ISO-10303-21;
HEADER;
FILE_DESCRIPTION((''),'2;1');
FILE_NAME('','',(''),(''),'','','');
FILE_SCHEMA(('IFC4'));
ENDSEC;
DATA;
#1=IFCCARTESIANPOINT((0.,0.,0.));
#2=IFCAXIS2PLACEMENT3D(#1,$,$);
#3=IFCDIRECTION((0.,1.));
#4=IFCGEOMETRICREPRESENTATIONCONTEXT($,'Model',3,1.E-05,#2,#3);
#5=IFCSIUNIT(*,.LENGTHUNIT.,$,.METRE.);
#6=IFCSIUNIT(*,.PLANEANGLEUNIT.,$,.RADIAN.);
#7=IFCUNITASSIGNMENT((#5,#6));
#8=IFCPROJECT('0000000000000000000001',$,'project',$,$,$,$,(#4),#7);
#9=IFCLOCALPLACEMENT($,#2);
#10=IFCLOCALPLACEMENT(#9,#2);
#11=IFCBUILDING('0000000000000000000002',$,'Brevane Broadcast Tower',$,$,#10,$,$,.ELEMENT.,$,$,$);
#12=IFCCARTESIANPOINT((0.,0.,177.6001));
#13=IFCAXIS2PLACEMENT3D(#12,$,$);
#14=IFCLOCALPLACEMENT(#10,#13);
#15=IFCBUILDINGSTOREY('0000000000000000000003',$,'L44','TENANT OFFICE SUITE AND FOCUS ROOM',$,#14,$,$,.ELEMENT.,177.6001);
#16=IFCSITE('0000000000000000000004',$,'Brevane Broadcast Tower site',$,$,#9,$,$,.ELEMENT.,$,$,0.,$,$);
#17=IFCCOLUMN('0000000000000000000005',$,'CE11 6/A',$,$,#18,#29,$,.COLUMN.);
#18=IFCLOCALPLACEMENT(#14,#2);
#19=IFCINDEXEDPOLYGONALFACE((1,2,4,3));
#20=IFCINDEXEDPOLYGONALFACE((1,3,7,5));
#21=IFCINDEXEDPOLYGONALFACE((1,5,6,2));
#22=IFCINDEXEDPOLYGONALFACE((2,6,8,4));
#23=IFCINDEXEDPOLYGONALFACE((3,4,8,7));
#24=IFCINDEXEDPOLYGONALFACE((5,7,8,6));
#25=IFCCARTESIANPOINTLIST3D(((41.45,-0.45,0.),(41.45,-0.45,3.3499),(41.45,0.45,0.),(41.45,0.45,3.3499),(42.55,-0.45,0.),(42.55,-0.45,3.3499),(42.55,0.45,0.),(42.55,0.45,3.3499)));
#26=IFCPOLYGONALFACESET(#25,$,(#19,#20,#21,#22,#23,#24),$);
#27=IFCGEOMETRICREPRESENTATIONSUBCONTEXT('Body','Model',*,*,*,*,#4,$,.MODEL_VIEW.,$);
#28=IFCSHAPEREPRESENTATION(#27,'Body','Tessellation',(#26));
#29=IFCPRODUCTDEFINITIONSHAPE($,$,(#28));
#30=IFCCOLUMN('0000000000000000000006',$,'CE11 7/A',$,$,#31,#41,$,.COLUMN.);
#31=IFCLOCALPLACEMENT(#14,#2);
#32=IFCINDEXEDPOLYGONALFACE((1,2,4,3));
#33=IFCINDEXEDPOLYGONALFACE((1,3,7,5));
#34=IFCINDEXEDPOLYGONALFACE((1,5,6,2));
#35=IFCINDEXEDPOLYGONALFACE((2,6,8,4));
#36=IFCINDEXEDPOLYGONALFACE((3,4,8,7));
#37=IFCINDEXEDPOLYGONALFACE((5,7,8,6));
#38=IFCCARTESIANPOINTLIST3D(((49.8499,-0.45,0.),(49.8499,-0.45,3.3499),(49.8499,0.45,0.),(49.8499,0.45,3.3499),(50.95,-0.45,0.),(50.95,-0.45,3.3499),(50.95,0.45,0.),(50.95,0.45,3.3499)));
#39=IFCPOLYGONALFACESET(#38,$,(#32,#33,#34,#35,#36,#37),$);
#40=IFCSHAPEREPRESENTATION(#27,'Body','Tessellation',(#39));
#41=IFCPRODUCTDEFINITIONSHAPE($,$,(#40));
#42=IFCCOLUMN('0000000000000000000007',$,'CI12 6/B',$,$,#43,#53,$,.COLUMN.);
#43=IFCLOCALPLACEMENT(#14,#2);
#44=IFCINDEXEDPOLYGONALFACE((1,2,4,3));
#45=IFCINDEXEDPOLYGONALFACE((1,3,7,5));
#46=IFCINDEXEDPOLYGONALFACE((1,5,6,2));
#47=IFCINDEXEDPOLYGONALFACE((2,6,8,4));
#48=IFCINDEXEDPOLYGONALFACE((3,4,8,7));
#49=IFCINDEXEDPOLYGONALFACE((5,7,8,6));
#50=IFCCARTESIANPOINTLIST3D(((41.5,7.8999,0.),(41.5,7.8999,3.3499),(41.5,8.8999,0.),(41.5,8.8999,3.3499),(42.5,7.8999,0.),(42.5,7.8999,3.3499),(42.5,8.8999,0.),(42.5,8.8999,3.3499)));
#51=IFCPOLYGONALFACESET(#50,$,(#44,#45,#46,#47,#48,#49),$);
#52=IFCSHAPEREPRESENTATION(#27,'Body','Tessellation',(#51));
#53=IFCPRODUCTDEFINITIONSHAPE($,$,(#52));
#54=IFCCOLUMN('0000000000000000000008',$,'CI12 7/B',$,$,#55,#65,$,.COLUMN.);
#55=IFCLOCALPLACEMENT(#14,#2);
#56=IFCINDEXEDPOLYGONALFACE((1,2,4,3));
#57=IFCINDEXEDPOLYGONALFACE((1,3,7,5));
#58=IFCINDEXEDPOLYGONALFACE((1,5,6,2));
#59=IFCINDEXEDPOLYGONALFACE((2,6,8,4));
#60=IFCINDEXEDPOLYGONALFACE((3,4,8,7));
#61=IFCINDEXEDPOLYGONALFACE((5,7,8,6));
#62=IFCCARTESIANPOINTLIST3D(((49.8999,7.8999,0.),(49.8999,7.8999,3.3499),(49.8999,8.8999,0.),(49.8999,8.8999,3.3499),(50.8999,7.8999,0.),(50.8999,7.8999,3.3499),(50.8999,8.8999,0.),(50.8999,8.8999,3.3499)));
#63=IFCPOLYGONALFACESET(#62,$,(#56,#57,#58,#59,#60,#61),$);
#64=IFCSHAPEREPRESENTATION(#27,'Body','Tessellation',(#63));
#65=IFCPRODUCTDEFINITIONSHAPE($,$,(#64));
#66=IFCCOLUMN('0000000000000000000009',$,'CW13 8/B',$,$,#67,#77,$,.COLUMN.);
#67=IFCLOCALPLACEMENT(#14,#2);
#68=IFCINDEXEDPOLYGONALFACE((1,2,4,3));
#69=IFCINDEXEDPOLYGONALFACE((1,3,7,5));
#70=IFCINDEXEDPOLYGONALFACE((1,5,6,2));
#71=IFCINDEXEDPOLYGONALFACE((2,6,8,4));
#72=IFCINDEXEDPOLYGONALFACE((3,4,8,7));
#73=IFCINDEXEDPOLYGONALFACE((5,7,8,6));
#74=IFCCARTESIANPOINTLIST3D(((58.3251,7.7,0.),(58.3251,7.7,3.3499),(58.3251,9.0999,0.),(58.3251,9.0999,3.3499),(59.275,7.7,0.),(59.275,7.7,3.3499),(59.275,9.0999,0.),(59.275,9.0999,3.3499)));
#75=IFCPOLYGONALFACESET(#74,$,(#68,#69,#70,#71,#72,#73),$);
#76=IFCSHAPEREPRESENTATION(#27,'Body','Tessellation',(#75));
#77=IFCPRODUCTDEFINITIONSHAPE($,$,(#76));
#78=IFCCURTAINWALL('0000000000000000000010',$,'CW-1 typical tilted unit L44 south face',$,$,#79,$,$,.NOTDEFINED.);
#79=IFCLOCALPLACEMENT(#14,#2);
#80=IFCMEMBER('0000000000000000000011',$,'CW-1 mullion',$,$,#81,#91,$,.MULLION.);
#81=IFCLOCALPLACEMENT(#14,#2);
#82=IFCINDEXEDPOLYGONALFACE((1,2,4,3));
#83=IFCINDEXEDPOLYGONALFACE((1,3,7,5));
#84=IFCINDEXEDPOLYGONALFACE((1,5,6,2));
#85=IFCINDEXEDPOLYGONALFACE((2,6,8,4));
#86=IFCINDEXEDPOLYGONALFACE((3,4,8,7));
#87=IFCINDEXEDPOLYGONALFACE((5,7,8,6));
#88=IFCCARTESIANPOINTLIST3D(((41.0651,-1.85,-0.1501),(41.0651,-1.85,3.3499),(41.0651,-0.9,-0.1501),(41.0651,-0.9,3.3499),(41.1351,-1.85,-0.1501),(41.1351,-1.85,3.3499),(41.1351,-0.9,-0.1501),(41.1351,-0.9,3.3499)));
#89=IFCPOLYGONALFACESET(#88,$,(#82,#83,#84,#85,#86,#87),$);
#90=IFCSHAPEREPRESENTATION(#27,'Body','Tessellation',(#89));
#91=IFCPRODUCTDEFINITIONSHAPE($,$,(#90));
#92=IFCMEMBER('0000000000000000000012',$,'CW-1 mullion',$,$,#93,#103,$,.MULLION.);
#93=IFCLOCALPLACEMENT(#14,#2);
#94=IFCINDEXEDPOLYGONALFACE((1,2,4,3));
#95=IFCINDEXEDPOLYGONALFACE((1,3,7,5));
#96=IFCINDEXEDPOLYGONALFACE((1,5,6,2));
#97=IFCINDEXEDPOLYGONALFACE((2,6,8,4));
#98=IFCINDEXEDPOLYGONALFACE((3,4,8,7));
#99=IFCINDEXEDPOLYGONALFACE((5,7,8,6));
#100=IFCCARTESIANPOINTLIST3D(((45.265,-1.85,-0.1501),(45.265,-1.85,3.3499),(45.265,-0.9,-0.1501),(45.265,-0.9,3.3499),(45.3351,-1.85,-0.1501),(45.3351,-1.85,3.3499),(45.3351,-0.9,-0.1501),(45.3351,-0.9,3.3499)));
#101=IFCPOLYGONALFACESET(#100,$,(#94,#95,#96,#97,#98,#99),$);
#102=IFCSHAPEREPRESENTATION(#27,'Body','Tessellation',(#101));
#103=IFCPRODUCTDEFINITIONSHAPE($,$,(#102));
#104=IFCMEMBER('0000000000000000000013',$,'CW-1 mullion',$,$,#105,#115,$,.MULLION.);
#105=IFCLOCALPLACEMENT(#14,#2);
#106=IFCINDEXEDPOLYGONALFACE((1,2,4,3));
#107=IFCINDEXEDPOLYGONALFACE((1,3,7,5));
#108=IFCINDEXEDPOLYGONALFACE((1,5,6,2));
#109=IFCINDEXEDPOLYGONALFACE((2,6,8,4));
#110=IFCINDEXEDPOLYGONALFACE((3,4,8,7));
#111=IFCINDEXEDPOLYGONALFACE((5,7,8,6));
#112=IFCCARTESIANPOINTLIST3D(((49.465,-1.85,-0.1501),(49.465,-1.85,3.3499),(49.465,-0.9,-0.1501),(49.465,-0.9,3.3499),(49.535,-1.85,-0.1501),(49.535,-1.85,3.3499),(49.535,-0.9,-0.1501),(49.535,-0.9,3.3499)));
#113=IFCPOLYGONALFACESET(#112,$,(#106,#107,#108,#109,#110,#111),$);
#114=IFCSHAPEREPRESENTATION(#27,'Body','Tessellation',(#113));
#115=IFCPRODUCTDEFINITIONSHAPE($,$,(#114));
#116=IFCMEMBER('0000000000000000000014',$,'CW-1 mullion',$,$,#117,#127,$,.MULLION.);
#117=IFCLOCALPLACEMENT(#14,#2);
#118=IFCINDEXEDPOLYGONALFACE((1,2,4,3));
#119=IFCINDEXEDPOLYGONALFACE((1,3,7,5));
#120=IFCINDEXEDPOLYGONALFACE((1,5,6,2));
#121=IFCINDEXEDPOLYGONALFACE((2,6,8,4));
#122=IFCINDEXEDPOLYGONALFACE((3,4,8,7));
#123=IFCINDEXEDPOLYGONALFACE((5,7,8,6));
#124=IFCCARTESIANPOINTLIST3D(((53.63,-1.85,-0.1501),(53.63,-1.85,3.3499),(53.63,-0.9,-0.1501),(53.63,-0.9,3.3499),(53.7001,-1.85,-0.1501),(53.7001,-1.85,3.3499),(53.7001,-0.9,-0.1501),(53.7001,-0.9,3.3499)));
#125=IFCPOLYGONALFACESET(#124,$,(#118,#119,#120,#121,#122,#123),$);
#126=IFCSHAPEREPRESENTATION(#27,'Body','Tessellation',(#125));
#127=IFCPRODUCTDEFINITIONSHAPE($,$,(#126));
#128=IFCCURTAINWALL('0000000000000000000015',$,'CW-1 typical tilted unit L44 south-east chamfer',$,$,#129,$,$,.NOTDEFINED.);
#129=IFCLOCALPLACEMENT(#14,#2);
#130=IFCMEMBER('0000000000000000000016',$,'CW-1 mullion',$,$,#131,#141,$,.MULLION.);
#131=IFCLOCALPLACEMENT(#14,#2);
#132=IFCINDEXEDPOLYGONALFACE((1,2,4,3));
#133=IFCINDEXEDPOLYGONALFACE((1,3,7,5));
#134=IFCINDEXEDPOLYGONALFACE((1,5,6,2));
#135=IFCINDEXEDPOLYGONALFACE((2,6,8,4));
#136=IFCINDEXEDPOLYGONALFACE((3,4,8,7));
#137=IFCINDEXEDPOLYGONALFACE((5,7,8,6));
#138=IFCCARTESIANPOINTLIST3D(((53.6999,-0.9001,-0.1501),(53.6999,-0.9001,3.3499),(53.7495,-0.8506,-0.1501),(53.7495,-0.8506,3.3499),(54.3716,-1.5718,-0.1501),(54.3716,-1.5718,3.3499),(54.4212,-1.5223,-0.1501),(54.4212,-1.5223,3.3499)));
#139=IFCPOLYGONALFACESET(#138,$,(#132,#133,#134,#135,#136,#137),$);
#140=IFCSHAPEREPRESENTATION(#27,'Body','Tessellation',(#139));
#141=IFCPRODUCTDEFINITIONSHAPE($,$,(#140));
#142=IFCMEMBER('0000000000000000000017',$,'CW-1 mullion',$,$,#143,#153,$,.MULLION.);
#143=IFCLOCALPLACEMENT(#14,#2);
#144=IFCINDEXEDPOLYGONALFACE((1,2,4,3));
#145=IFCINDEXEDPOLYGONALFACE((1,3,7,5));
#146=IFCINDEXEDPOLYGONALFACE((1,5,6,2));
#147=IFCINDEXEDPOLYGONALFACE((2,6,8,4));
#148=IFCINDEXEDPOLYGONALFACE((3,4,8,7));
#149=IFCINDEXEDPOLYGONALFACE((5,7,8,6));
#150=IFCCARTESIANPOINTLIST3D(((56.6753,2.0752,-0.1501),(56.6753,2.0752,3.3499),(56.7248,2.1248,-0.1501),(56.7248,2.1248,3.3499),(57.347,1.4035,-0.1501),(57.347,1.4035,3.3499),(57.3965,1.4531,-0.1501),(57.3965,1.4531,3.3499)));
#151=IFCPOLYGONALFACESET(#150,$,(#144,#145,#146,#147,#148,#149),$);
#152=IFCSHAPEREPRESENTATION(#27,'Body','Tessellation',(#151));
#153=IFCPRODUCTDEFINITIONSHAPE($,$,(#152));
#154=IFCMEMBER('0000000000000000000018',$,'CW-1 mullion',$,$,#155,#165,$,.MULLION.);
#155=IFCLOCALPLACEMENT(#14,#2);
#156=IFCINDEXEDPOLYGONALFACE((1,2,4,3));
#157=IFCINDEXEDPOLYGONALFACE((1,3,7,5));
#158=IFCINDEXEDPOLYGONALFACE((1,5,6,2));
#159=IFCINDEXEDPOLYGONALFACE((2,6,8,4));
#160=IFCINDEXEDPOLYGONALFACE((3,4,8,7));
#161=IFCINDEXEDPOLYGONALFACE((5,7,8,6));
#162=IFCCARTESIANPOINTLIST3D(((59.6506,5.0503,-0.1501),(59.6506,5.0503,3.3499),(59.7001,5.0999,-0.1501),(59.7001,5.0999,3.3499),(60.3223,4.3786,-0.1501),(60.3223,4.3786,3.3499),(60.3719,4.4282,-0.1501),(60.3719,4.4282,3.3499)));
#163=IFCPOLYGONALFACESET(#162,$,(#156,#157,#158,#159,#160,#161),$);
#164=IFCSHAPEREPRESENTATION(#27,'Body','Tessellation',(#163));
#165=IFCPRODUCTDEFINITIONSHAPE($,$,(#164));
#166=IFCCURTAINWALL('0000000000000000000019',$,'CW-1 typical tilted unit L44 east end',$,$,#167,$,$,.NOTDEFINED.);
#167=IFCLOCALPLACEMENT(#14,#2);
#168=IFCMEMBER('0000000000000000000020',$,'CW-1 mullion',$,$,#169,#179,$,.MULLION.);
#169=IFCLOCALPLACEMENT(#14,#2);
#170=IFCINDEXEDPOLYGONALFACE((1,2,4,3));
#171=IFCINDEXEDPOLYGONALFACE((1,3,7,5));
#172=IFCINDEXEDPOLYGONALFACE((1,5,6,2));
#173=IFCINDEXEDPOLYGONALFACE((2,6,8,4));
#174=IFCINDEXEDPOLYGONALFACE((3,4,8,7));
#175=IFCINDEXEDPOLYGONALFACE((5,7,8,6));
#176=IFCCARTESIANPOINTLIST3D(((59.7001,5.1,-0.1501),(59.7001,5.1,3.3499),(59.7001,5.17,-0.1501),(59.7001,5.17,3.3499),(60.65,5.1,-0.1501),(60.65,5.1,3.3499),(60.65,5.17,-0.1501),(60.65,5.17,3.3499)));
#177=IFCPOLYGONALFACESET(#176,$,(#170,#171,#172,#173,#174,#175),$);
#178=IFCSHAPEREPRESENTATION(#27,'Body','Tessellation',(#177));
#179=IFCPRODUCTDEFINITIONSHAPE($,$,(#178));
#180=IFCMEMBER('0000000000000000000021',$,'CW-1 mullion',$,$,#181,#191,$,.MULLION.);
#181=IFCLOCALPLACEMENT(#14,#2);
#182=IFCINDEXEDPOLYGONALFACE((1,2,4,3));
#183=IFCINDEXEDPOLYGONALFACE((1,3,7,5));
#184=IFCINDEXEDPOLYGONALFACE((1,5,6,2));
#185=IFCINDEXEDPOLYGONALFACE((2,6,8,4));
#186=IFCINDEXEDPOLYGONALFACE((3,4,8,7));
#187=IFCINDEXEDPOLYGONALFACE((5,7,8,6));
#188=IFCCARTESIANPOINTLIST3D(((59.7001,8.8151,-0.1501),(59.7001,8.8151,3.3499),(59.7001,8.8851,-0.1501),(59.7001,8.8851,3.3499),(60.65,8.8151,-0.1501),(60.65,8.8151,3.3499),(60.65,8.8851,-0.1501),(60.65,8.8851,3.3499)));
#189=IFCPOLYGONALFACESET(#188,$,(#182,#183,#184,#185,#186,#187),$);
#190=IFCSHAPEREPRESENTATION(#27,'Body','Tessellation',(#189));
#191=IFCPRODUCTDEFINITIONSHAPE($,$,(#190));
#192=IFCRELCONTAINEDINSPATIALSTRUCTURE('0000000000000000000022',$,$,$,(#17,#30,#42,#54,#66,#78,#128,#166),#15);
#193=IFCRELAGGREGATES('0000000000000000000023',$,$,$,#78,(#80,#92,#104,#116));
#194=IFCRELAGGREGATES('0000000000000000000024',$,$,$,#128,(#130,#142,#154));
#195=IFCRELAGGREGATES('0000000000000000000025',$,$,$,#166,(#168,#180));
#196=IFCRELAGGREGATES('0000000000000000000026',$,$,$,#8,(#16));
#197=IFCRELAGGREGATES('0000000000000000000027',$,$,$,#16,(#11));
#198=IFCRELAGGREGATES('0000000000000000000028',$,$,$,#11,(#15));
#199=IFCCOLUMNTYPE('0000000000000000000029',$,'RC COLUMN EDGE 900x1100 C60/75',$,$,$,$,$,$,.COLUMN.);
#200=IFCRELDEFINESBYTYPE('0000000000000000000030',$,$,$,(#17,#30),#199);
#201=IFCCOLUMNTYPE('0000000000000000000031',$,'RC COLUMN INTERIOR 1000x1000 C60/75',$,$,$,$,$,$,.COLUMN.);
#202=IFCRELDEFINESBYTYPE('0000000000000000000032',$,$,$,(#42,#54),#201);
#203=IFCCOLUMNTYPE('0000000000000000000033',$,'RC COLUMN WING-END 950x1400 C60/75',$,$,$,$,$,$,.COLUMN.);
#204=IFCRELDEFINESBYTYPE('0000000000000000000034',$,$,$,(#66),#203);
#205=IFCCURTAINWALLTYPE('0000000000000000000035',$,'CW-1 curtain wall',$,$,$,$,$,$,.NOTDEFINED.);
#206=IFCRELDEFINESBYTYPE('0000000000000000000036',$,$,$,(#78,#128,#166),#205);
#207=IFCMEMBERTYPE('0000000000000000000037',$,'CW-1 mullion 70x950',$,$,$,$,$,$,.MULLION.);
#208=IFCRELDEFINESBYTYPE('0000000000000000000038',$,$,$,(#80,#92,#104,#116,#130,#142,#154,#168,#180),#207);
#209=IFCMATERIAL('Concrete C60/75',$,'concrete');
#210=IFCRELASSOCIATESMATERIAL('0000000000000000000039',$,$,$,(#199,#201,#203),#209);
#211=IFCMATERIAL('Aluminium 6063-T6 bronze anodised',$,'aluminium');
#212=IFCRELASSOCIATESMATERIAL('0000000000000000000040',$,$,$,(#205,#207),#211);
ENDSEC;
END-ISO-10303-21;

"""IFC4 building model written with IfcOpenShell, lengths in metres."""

from ifc_helpers import new_model, si_unit, direction, frame, origin, origin_2d, place, context, subcontext, project, spatial, rectangle, extrude, material, material_profile, profile_set, type_object, element, aggregate, save


model = new_model("IFC4")

# Units and contexts
model_context = context("Model", 3, precision=1e-05, world=origin(), true_north=direction((0.0, 1.0)))
body_context = subcontext(model_context, "Body", "Model", "MODEL_VIEW")
ifc_project = project(units=[si_unit("LENGTHUNIT", "METRE"), si_unit("PLANEANGLEUNIT", "RADIAN")], contexts=[model_context])

# Site, building, storey
site_placement = place(None, origin())
site = spatial("IfcSite", under=ifc_project, at=site_placement, Name="Brevane Broadcast Tower site", CompositionType="ELEMENT", RefElevation=0.0)
building_placement = place(site_placement, origin())
building = spatial("IfcBuilding", under=site, at=building_placement, Name="Brevane Broadcast Tower", CompositionType="ELEMENT")
storey_placement = place(building_placement, frame((0.0, 0.0, 177.6001)))
storey = spatial("IfcBuildingStorey", under=building, at=storey_placement, Name="L44", Description="TENANT OFFICE SUITE AND FOCUS ROOM", CompositionType="ELEMENT", Elevation=177.6001)

# Columns
ifc_material_1 = material(Name="Concrete C60/75", Category="concrete")
ifc_material_profile_1 = material_profile(ifc_material_1, rectangle(XDim=0.8999, YDim=1.1001, at=origin_2d()), Name="RC 900x1100")
ifc_profile_set_1 = profile_set([ifc_material_profile_1], Name="Concrete C60/75")
column_type_1 = type_object("IfcColumnType", Name="RC COLUMN EDGE 900x1100 C60/75", PredefinedType="COLUMN", material=ifc_profile_set_1)
for number, where, z_axis, x_axis, name in (
    (1, (42.0, 0.0, 0.0), (0.0, 0.0, 1.0), (0.0, 1.0, 0.0), "CE11 6/A"),
    (2, (50.3999, 0.0, 0.0), (0.0, 0.0, 1.0), (0.0, 1.0, 0.0), "CE11 7/A"),
):
    element("IfcColumn", number, at=place(storey_placement, frame(where, z_axis=z_axis, x_axis=x_axis)), inside=storey, type_object=column_type_1, Name=name, PredefinedType="COLUMN", context=body_context, shape_type="SweptSolid", body=[
        extrude(rectangle(XDim=0.8999, YDim=1.1001, at=origin_2d()), origin(), (0.0, 0.0, 1.0), 3.3499),
    ])
ifc_material_profile_2 = material_profile(ifc_material_1, rectangle(XDim=1.0, YDim=1.0, at=origin_2d()), Name="RC 1000x1000")
ifc_profile_set_2 = profile_set([ifc_material_profile_2], Name="Concrete C60/75")
column_type_2 = type_object("IfcColumnType", Name="RC COLUMN INTERIOR 1000x1000 C60/75", PredefinedType="COLUMN", material=ifc_profile_set_2)
for number, where, z_axis, x_axis, name in (
    (3, (42.0, 8.3999, 0.0), (0.0, 0.0, 1.0), (1.0, 0.0, 0.0), "CI12 6/B"),
    (4, (50.3999, 8.3999, 0.0), (0.0, 0.0, 1.0), (1.0, 0.0, 0.0), "CI12 7/B"),
):
    element("IfcColumn", number, at=place(storey_placement, frame(where, z_axis=z_axis, x_axis=x_axis)), inside=storey, type_object=column_type_2, Name=name, PredefinedType="COLUMN", context=body_context, shape_type="SweptSolid", body=[
        extrude(rectangle(XDim=1.0, YDim=1.0, at=origin_2d()), origin(), (0.0, 0.0, 1.0), 3.3499),
    ])
ifc_material_profile_3 = material_profile(ifc_material_1, rectangle(XDim=0.95, YDim=1.3999, at=origin_2d()), Name="RC 950x1400")
ifc_profile_set_3 = profile_set([ifc_material_profile_3], Name="Concrete C60/75")
column_type_3 = type_object("IfcColumnType", Name="RC COLUMN WING-END 950x1400 C60/75", PredefinedType="COLUMN", material=ifc_profile_set_3)
column_placement = place(storey_placement, frame((58.8, 8.3999, 0.0), z_axis=(0.0, 0.0, 1.0), x_axis=(1.0, 0.0, 0.0)))
element("IfcColumn", 5, at=column_placement, inside=storey, type_object=column_type_3, Name="CW13 8/B", PredefinedType="COLUMN", context=body_context, shape_type="SweptSolid", body=[
    extrude(rectangle(XDim=0.95, YDim=1.3999, at=origin_2d()), origin(), (0.0, 0.0, 1.0), 3.3499),
])

# Curtain walls, members
ifc_material_2 = material(Name="Aluminium 6063-T6 bronze anodised", Category="aluminium")
curtain_wall_type = type_object("IfcCurtainWallType", Name="CW-1 curtain wall", PredefinedType="NOTDEFINED", material=ifc_material_2)
curtain_wall_1_placement = place(storey_placement, origin())
curtain_wall_1 = element("IfcCurtainWall", 6, at=curtain_wall_1_placement, inside=storey, type_object=curtain_wall_type, Name="CW-1 typical tilted unit L44 south face", PredefinedType="NOTDEFINED")
ifc_material_profile_4 = material_profile(ifc_material_2, rectangle(XDim=0.95, YDim=0.0701, at=origin_2d()), Name="RECT 70x950")
ifc_profile_set_4 = profile_set([ifc_material_profile_4], Name="Aluminium 6063-T6 bronze anodised")
member_type_1 = type_object("IfcMemberType", Name="CW-1 mullion 70x950", PredefinedType="MULLION", material=ifc_profile_set_4)
member_1_placement = place(storey_placement, frame((41.1001, -1.375, -0.1501), z_axis=(0.0, 0.0, 1.0), x_axis=(0.0, 1.0, 0.0)))
member_1 = element("IfcMember", 7, at=member_1_placement, type_object=member_type_1, Name="CW-1 mullion", PredefinedType="MULLION", context=body_context, shape_type="SweptSolid", body=[
    extrude(rectangle(XDim=0.95, YDim=0.0701, at=origin_2d()), origin(), (0.0, 0.0, 1.0), 3.5),
])
member_2_placement = place(storey_placement, frame((45.3, -1.375, -0.1501), z_axis=(0.0, 0.0, 1.0), x_axis=(0.0, 1.0, 0.0)))
member_2 = element("IfcMember", 8, at=member_2_placement, type_object=member_type_1, Name="CW-1 mullion", PredefinedType="MULLION", context=body_context, shape_type="SweptSolid", body=[
    extrude(rectangle(XDim=0.95, YDim=0.0701, at=origin_2d()), origin(), (0.0, 0.0, 1.0), 3.5),
])
member_3_placement = place(storey_placement, frame((49.5, -1.375, -0.1501), z_axis=(0.0, 0.0, 1.0), x_axis=(0.0, 1.0, 0.0)))
member_3 = element("IfcMember", 9, at=member_3_placement, type_object=member_type_1, Name="CW-1 mullion", PredefinedType="MULLION", context=body_context, shape_type="SweptSolid", body=[
    extrude(rectangle(XDim=0.95, YDim=0.0701, at=origin_2d()), origin(), (0.0, 0.0, 1.0), 3.5),
])
member_4_placement = place(storey_placement, frame((53.665, -1.375, -0.1501), z_axis=(0.0, 0.0, 1.0), x_axis=(0.0, 1.0, 0.0)))
member_4 = element("IfcMember", 10, at=member_4_placement, type_object=member_type_1, Name="CW-1 mullion", PredefinedType="MULLION", context=body_context, shape_type="SweptSolid", body=[
    extrude(rectangle(XDim=0.95, YDim=0.0701, at=origin_2d()), origin(), (0.0, 0.0, 1.0), 3.5),
])
aggregate(curtain_wall_1, [member_1, member_2, member_3, member_4])
curtain_wall_2_placement = place(storey_placement, origin())
curtain_wall_2 = element("IfcCurtainWall", 11, at=curtain_wall_2_placement, inside=storey, type_object=curtain_wall_type, Name="CW-1 typical tilted unit L44 south-east chamfer", PredefinedType="NOTDEFINED")
member_5_placement = place(storey_placement, frame((54.0605, -1.2112, -0.1501), z_axis=(0.0, 0.0, 1.0), x_axis=(-0.707107, 0.707107, 0.0)))
member_5 = element("IfcMember", 12, at=member_5_placement, type_object=member_type_1, Name="CW-1 mullion", PredefinedType="MULLION", context=body_context, shape_type="SweptSolid", body=[
    extrude(rectangle(XDim=0.95, YDim=0.0701, at=origin_2d()), origin(), (0.0, 0.0, 1.0), 3.5),
])
member_6_placement = place(storey_placement, frame((57.0359, 1.7642, -0.1501), z_axis=(0.0, 0.0, 1.0), x_axis=(-0.707107, 0.707107, 0.0)))
member_6 = element("IfcMember", 13, at=member_6_placement, type_object=member_type_1, Name="CW-1 mullion", PredefinedType="MULLION", context=body_context, shape_type="SweptSolid", body=[
    extrude(rectangle(XDim=0.95, YDim=0.0701, at=origin_2d()), origin(), (0.0, 0.0, 1.0), 3.5),
])
member_7_placement = place(storey_placement, frame((60.0112, 4.7393, -0.1501), z_axis=(0.0, 0.0, 1.0), x_axis=(-0.707107, 0.707107, 0.0)))
member_7 = element("IfcMember", 14, at=member_7_placement, type_object=member_type_1, Name="CW-1 mullion", PredefinedType="MULLION", context=body_context, shape_type="SweptSolid", body=[
    extrude(rectangle(XDim=0.95, YDim=0.0701, at=origin_2d()), origin(), (0.0, 0.0, 1.0), 3.5),
])
curtain_wall_3_placement = place(storey_placement, origin())
curtain_wall_3 = element("IfcCurtainWall", 15, at=curtain_wall_3_placement, inside=storey, type_object=curtain_wall_type, Name="CW-1 typical tilted unit L44 east end", PredefinedType="NOTDEFINED")
member_8_placement = place(storey_placement, frame((60.175, 5.135, -0.1501), z_axis=(0.0, 0.0, 1.0), x_axis=(-1.0, 0.0, 0.0)))
member_8 = element("IfcMember", 16, at=member_8_placement, type_object=member_type_1, Name="CW-1 mullion", PredefinedType="MULLION", context=body_context, shape_type="SweptSolid", body=[
    extrude(rectangle(XDim=0.95, YDim=0.0701, at=origin_2d()), origin(), (0.0, 0.0, 1.0), 3.5),
])
member_9_placement = place(storey_placement, frame((60.175, 8.8501, -0.1501), z_axis=(0.0, 0.0, 1.0), x_axis=(-1.0, 0.0, 0.0)))
member_9 = element("IfcMember", 17, at=member_9_placement, type_object=member_type_1, Name="CW-1 mullion", PredefinedType="MULLION", context=body_context, shape_type="SweptSolid", body=[
    extrude(rectangle(XDim=0.95, YDim=0.0701, at=origin_2d()), origin(), (0.0, 0.0, 1.0), 3.5),
])

aggregate(curtain_wall_2, [member_5, member_6, member_7])
aggregate(curtain_wall_3, [member_8, member_9])

save(model, "model.ifc")
